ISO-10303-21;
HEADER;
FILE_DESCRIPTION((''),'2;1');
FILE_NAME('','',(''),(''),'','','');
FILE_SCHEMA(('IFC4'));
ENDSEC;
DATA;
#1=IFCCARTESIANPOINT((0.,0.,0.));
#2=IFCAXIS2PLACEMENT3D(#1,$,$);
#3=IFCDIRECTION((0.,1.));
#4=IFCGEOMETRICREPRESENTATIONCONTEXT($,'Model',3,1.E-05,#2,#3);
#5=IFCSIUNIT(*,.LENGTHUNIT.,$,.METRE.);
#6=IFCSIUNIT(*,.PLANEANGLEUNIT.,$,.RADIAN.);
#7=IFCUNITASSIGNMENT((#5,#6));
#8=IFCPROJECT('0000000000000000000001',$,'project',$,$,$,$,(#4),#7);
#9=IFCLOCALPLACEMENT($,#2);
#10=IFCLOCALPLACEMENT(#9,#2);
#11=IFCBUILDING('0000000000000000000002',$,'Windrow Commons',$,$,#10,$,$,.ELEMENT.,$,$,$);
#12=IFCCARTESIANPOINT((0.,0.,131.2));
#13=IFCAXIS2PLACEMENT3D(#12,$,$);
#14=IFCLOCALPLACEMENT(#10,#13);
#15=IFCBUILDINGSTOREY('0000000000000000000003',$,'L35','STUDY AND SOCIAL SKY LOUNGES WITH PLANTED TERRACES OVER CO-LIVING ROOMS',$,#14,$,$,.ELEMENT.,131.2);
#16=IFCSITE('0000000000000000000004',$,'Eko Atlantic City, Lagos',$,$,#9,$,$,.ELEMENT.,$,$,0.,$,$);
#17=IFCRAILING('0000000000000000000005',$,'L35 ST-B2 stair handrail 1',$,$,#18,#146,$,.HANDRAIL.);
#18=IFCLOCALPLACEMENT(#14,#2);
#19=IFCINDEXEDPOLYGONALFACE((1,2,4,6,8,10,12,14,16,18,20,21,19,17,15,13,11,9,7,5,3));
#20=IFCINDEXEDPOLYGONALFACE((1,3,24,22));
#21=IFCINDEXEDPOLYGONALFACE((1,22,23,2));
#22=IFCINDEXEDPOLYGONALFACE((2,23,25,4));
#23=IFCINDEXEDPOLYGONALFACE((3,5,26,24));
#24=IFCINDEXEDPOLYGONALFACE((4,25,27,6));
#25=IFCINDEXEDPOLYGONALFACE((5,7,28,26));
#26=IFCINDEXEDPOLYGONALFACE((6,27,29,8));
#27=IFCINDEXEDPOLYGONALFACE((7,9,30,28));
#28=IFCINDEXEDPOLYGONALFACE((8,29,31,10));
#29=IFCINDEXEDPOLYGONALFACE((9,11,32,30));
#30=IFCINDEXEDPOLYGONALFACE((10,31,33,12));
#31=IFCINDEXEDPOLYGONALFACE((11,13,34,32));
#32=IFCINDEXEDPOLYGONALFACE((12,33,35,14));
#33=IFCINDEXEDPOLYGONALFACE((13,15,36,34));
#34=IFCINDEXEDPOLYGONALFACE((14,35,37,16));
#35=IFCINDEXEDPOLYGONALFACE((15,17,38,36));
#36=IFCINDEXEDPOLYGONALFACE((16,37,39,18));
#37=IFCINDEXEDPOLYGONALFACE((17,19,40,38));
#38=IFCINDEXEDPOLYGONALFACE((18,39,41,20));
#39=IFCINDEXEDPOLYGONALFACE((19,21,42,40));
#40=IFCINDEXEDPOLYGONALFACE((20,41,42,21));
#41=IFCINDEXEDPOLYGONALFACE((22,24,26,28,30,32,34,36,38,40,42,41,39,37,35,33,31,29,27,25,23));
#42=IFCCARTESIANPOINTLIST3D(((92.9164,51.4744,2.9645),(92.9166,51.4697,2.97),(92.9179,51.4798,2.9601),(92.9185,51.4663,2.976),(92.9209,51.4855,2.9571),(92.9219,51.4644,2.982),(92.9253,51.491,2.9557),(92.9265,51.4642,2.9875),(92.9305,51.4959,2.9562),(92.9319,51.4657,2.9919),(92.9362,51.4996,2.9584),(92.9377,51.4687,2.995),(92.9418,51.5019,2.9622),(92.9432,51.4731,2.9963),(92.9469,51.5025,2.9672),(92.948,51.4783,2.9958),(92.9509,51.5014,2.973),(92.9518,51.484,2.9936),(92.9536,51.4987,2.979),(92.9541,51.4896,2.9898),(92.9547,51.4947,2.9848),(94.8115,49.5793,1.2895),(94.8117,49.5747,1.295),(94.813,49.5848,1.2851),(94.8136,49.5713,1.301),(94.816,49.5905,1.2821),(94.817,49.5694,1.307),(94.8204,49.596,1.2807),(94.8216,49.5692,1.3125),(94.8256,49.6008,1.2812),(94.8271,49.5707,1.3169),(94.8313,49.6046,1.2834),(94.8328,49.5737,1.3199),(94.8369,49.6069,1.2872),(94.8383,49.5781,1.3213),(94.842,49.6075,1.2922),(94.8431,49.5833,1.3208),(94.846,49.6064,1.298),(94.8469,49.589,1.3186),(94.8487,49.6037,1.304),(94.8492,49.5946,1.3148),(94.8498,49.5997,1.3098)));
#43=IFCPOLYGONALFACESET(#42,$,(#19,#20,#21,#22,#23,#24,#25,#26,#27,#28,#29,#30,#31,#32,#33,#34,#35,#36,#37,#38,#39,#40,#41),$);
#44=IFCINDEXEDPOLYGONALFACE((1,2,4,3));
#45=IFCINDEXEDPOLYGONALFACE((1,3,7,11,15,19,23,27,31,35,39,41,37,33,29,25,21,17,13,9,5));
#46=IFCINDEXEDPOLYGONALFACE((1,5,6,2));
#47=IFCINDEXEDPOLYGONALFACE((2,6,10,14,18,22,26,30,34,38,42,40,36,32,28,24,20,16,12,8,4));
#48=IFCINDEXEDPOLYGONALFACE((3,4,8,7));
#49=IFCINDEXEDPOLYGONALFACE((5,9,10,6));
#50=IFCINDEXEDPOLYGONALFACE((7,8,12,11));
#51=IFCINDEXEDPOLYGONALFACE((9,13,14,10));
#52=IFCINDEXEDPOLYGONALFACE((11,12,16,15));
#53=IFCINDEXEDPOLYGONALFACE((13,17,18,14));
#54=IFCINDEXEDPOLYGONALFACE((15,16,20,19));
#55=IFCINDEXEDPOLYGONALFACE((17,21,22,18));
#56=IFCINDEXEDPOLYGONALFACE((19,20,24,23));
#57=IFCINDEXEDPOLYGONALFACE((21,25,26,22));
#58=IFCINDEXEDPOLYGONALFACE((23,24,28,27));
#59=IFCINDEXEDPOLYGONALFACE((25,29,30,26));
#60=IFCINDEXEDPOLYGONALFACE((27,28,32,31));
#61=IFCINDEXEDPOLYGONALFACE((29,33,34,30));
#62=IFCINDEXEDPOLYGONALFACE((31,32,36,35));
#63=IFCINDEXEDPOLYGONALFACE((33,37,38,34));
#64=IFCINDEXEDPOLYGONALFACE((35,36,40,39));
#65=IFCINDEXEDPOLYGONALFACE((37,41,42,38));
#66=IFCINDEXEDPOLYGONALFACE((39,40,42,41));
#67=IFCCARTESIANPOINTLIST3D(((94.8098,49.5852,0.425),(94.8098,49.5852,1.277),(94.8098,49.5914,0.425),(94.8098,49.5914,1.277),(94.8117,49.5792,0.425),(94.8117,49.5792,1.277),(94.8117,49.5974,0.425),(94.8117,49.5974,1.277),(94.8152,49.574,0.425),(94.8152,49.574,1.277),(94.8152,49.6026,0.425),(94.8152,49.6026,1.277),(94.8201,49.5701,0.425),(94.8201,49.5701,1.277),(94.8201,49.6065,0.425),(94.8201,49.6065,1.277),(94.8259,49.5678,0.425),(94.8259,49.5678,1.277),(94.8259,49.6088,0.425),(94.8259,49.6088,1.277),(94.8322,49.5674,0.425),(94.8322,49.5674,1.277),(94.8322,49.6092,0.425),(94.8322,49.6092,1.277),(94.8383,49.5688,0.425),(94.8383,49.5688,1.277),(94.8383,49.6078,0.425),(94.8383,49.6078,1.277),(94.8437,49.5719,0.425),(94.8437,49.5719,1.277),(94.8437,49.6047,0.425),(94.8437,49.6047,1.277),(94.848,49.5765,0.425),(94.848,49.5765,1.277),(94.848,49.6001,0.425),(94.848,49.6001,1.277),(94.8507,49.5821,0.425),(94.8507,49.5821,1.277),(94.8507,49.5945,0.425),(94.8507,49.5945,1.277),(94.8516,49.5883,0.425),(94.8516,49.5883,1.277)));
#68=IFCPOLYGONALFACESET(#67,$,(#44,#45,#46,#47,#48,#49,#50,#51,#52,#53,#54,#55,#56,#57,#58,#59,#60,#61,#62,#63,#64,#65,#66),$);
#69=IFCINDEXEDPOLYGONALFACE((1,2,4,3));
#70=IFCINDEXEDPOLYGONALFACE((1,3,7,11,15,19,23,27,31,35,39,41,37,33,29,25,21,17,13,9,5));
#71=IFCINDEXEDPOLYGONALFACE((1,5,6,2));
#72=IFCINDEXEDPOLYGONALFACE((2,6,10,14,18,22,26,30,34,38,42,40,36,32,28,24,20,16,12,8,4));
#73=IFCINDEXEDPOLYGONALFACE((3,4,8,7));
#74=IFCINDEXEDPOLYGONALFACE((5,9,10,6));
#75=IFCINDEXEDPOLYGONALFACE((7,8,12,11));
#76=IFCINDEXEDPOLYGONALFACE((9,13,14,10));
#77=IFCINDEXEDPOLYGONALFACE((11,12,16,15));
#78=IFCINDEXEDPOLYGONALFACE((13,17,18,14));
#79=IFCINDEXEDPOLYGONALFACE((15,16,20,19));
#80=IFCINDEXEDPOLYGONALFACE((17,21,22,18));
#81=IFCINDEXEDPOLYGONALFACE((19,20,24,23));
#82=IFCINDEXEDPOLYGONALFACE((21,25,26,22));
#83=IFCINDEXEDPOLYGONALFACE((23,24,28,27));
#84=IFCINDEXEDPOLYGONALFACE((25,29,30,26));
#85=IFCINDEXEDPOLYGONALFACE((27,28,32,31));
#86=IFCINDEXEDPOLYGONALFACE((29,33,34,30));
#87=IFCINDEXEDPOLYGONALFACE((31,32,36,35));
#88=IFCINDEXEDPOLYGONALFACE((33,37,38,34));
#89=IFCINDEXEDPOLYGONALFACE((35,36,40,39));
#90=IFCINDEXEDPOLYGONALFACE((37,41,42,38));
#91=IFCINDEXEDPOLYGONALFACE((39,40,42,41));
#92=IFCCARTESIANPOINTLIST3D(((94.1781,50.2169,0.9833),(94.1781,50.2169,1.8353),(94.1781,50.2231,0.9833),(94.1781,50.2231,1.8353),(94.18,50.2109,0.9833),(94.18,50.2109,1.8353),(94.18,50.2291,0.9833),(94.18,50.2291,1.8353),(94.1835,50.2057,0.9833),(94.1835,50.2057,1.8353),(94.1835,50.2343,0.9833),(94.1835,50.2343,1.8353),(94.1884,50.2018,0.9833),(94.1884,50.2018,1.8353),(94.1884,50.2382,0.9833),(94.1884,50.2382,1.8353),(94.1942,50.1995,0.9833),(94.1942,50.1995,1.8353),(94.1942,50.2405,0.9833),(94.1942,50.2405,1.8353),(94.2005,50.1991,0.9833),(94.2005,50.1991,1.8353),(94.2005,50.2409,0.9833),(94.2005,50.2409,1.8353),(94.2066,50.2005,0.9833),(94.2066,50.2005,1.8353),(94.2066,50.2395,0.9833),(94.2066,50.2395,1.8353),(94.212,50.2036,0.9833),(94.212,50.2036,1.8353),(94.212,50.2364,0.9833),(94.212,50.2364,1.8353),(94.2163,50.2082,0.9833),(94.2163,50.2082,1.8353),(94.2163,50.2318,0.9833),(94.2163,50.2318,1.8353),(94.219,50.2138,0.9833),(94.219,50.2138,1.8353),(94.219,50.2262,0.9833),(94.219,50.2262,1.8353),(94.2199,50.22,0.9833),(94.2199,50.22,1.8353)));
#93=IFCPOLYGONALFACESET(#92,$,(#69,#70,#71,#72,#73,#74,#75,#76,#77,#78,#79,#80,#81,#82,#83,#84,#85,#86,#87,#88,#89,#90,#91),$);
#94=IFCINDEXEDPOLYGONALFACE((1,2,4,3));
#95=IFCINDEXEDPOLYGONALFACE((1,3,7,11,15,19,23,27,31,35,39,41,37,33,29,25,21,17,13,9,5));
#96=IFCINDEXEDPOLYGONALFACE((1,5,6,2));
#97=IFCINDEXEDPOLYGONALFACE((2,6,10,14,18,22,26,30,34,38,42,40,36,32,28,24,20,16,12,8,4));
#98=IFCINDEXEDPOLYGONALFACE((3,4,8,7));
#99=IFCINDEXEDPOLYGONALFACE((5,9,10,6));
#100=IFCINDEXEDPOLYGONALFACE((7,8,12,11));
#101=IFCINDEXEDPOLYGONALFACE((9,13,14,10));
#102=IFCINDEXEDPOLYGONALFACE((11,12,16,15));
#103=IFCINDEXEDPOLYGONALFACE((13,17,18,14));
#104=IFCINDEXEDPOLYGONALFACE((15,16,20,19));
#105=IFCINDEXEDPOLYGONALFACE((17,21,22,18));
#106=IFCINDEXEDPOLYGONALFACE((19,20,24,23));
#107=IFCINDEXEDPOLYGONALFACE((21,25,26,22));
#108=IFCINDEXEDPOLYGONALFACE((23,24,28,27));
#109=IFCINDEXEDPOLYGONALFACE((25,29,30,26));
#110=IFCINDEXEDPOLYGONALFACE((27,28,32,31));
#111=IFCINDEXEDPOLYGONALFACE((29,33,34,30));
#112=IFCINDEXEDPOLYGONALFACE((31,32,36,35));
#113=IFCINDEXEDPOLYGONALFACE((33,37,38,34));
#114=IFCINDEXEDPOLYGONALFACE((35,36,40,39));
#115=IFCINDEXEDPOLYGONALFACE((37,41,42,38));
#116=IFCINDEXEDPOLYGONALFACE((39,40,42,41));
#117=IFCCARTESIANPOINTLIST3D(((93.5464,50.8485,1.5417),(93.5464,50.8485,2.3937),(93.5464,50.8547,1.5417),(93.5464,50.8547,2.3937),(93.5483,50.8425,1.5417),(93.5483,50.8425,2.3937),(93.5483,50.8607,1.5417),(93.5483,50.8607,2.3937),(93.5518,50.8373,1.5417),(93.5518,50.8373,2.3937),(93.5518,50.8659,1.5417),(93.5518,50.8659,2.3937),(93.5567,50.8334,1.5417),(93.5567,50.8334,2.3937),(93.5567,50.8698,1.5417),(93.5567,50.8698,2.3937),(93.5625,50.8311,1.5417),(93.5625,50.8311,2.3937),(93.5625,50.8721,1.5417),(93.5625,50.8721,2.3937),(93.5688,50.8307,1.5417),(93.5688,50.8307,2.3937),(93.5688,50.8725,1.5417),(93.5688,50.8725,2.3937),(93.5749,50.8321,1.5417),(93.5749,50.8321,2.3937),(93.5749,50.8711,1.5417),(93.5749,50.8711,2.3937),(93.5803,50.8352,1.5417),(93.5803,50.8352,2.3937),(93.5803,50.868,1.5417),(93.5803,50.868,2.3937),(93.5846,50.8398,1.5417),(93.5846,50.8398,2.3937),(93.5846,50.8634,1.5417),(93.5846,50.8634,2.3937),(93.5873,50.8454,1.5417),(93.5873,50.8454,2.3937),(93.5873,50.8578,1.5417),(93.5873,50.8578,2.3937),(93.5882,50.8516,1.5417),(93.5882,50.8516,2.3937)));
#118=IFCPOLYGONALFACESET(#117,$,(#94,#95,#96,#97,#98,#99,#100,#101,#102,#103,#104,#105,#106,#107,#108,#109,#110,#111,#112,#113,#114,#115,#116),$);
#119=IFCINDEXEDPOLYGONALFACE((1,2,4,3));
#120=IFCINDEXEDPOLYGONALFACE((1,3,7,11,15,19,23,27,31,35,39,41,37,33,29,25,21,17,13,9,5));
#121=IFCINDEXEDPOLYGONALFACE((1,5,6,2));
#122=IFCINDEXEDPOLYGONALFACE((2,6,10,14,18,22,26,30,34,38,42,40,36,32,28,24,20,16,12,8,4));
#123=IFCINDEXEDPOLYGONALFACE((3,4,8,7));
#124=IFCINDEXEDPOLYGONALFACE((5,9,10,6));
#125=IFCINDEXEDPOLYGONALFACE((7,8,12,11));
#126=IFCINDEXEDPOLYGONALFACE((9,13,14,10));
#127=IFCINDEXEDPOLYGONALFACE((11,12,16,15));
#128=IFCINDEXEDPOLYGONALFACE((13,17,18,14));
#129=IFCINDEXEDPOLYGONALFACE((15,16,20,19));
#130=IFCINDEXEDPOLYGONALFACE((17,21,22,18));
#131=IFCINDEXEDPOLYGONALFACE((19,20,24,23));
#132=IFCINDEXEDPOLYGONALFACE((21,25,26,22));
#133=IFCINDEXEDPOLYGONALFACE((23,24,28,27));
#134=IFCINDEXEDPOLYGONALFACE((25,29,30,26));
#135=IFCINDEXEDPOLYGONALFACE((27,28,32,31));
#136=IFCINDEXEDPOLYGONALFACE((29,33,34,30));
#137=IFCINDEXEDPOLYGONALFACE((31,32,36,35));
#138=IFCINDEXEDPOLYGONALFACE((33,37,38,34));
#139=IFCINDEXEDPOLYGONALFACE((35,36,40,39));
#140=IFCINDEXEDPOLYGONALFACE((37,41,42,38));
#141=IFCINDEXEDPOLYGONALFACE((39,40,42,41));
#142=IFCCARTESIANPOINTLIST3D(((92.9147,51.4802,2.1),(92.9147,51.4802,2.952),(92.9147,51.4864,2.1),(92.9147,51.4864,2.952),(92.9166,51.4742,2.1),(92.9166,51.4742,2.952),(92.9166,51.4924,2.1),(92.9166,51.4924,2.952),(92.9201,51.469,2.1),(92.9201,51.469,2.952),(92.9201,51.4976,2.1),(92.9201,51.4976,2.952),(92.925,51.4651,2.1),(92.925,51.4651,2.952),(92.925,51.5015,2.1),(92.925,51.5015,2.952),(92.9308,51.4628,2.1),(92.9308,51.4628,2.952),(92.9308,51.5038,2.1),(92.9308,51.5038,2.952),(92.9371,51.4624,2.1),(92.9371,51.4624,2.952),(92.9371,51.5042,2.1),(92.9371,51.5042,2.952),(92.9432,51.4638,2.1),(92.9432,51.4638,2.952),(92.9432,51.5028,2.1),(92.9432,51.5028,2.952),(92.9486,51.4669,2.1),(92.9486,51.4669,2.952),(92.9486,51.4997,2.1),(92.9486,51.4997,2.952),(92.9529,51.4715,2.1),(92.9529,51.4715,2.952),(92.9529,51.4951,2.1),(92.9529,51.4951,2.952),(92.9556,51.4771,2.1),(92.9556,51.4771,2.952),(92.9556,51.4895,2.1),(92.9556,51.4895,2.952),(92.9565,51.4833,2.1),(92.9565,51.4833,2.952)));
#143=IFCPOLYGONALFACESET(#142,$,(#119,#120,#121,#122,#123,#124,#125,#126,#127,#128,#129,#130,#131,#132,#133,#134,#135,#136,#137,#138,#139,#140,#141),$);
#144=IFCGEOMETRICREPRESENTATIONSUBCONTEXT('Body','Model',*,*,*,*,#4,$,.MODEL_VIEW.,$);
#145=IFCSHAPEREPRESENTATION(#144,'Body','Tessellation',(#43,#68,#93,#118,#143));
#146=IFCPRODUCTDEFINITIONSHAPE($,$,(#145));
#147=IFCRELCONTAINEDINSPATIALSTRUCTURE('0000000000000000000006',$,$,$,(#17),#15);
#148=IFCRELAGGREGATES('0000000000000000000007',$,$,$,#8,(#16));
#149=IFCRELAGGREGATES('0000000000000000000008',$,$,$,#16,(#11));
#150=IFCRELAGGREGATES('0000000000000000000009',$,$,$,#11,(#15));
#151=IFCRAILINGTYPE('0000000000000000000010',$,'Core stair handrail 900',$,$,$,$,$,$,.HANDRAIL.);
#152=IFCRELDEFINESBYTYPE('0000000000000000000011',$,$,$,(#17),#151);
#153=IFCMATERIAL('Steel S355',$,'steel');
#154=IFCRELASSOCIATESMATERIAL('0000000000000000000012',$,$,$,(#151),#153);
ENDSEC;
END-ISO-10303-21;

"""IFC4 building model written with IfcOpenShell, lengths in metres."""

from ifc_helpers import new_model, si_unit, direction, frame, origin, origin_2d, place, context, subcontext, project, spatial, circle, extrude, material, type_object, element, save


model = new_model("IFC4")

# Units and contexts
model_context = context("Model", 3, precision=1e-05, world=origin(), true_north=direction((0.0, 1.0)))
body_context = subcontext(model_context, "Body", "Model", "MODEL_VIEW")
ifc_project = project(units=[si_unit("LENGTHUNIT", "METRE"), si_unit("PLANEANGLEUNIT", "RADIAN")], contexts=[model_context])

# Site, building, storey
site_placement = place(None, origin())
site = spatial("IfcSite", under=ifc_project, at=site_placement, Name="Eko Atlantic City, Lagos", CompositionType="ELEMENT", RefElevation=0.0)
building_placement = place(site_placement, origin())
building = spatial("IfcBuilding", under=site, at=building_placement, Name="Windrow Commons", CompositionType="ELEMENT")
storey_placement = place(building_placement, frame((0.0, 0.0, 131.2)))
storey = spatial("IfcBuildingStorey", under=building, at=storey_placement, Name="L35", Description="STUDY AND SOCIAL SKY LOUNGES WITH PLANTED TERRACES OVER CO-LIVING ROOMS", CompositionType="ELEMENT", Elevation=131.2)

# Railing
ifc_material_1 = material(Name="Steel S355", Category="steel")
railing_type_1 = type_object("IfcRailingType", Name="Core stair handrail 900", PredefinedType="HANDRAIL", material=ifc_material_1)
for number, where, name in (
    (1, (94.8306, 49.5883, 0.425), "L35 ST-B2 stair handrail 1"),
):
    element("IfcRailing", number, at=place(storey_placement, frame(where)), inside=storey, type_object=railing_type_1, Name=name, PredefinedType="HANDRAIL", context=body_context, shape_type="SweptSolid", body=[
        extrude(circle(Radius=0.024, at=origin_2d()), frame((0.0, 0.0, 0.876), z_axis=(-0.599642, 0.59961, 0.529998), x_axis=(-0.707088, -0.707125, 0.0)), (0.0, 0.0, 1.0), 3.1604),
        extrude(circle(Radius=0.021, at=origin_2d()), origin(), (0.0, 0.0, 1.0), 0.852),
        extrude(circle(Radius=0.021, at=origin_2d()), frame((-0.6317, 0.6317, 0.5583)), (0.0, 0.0, 1.0), 0.852),
        extrude(circle(Radius=0.021, at=origin_2d()), frame((-1.2634, 1.2633, 1.1167)), (0.0, 0.0, 1.0), 0.852),
        extrude(circle(Radius=0.021, at=origin_2d()), frame((-1.8951, 1.895, 1.675)), (0.0, 0.0, 1.0), 0.852),
    ])

save(model, "model.ifc")
